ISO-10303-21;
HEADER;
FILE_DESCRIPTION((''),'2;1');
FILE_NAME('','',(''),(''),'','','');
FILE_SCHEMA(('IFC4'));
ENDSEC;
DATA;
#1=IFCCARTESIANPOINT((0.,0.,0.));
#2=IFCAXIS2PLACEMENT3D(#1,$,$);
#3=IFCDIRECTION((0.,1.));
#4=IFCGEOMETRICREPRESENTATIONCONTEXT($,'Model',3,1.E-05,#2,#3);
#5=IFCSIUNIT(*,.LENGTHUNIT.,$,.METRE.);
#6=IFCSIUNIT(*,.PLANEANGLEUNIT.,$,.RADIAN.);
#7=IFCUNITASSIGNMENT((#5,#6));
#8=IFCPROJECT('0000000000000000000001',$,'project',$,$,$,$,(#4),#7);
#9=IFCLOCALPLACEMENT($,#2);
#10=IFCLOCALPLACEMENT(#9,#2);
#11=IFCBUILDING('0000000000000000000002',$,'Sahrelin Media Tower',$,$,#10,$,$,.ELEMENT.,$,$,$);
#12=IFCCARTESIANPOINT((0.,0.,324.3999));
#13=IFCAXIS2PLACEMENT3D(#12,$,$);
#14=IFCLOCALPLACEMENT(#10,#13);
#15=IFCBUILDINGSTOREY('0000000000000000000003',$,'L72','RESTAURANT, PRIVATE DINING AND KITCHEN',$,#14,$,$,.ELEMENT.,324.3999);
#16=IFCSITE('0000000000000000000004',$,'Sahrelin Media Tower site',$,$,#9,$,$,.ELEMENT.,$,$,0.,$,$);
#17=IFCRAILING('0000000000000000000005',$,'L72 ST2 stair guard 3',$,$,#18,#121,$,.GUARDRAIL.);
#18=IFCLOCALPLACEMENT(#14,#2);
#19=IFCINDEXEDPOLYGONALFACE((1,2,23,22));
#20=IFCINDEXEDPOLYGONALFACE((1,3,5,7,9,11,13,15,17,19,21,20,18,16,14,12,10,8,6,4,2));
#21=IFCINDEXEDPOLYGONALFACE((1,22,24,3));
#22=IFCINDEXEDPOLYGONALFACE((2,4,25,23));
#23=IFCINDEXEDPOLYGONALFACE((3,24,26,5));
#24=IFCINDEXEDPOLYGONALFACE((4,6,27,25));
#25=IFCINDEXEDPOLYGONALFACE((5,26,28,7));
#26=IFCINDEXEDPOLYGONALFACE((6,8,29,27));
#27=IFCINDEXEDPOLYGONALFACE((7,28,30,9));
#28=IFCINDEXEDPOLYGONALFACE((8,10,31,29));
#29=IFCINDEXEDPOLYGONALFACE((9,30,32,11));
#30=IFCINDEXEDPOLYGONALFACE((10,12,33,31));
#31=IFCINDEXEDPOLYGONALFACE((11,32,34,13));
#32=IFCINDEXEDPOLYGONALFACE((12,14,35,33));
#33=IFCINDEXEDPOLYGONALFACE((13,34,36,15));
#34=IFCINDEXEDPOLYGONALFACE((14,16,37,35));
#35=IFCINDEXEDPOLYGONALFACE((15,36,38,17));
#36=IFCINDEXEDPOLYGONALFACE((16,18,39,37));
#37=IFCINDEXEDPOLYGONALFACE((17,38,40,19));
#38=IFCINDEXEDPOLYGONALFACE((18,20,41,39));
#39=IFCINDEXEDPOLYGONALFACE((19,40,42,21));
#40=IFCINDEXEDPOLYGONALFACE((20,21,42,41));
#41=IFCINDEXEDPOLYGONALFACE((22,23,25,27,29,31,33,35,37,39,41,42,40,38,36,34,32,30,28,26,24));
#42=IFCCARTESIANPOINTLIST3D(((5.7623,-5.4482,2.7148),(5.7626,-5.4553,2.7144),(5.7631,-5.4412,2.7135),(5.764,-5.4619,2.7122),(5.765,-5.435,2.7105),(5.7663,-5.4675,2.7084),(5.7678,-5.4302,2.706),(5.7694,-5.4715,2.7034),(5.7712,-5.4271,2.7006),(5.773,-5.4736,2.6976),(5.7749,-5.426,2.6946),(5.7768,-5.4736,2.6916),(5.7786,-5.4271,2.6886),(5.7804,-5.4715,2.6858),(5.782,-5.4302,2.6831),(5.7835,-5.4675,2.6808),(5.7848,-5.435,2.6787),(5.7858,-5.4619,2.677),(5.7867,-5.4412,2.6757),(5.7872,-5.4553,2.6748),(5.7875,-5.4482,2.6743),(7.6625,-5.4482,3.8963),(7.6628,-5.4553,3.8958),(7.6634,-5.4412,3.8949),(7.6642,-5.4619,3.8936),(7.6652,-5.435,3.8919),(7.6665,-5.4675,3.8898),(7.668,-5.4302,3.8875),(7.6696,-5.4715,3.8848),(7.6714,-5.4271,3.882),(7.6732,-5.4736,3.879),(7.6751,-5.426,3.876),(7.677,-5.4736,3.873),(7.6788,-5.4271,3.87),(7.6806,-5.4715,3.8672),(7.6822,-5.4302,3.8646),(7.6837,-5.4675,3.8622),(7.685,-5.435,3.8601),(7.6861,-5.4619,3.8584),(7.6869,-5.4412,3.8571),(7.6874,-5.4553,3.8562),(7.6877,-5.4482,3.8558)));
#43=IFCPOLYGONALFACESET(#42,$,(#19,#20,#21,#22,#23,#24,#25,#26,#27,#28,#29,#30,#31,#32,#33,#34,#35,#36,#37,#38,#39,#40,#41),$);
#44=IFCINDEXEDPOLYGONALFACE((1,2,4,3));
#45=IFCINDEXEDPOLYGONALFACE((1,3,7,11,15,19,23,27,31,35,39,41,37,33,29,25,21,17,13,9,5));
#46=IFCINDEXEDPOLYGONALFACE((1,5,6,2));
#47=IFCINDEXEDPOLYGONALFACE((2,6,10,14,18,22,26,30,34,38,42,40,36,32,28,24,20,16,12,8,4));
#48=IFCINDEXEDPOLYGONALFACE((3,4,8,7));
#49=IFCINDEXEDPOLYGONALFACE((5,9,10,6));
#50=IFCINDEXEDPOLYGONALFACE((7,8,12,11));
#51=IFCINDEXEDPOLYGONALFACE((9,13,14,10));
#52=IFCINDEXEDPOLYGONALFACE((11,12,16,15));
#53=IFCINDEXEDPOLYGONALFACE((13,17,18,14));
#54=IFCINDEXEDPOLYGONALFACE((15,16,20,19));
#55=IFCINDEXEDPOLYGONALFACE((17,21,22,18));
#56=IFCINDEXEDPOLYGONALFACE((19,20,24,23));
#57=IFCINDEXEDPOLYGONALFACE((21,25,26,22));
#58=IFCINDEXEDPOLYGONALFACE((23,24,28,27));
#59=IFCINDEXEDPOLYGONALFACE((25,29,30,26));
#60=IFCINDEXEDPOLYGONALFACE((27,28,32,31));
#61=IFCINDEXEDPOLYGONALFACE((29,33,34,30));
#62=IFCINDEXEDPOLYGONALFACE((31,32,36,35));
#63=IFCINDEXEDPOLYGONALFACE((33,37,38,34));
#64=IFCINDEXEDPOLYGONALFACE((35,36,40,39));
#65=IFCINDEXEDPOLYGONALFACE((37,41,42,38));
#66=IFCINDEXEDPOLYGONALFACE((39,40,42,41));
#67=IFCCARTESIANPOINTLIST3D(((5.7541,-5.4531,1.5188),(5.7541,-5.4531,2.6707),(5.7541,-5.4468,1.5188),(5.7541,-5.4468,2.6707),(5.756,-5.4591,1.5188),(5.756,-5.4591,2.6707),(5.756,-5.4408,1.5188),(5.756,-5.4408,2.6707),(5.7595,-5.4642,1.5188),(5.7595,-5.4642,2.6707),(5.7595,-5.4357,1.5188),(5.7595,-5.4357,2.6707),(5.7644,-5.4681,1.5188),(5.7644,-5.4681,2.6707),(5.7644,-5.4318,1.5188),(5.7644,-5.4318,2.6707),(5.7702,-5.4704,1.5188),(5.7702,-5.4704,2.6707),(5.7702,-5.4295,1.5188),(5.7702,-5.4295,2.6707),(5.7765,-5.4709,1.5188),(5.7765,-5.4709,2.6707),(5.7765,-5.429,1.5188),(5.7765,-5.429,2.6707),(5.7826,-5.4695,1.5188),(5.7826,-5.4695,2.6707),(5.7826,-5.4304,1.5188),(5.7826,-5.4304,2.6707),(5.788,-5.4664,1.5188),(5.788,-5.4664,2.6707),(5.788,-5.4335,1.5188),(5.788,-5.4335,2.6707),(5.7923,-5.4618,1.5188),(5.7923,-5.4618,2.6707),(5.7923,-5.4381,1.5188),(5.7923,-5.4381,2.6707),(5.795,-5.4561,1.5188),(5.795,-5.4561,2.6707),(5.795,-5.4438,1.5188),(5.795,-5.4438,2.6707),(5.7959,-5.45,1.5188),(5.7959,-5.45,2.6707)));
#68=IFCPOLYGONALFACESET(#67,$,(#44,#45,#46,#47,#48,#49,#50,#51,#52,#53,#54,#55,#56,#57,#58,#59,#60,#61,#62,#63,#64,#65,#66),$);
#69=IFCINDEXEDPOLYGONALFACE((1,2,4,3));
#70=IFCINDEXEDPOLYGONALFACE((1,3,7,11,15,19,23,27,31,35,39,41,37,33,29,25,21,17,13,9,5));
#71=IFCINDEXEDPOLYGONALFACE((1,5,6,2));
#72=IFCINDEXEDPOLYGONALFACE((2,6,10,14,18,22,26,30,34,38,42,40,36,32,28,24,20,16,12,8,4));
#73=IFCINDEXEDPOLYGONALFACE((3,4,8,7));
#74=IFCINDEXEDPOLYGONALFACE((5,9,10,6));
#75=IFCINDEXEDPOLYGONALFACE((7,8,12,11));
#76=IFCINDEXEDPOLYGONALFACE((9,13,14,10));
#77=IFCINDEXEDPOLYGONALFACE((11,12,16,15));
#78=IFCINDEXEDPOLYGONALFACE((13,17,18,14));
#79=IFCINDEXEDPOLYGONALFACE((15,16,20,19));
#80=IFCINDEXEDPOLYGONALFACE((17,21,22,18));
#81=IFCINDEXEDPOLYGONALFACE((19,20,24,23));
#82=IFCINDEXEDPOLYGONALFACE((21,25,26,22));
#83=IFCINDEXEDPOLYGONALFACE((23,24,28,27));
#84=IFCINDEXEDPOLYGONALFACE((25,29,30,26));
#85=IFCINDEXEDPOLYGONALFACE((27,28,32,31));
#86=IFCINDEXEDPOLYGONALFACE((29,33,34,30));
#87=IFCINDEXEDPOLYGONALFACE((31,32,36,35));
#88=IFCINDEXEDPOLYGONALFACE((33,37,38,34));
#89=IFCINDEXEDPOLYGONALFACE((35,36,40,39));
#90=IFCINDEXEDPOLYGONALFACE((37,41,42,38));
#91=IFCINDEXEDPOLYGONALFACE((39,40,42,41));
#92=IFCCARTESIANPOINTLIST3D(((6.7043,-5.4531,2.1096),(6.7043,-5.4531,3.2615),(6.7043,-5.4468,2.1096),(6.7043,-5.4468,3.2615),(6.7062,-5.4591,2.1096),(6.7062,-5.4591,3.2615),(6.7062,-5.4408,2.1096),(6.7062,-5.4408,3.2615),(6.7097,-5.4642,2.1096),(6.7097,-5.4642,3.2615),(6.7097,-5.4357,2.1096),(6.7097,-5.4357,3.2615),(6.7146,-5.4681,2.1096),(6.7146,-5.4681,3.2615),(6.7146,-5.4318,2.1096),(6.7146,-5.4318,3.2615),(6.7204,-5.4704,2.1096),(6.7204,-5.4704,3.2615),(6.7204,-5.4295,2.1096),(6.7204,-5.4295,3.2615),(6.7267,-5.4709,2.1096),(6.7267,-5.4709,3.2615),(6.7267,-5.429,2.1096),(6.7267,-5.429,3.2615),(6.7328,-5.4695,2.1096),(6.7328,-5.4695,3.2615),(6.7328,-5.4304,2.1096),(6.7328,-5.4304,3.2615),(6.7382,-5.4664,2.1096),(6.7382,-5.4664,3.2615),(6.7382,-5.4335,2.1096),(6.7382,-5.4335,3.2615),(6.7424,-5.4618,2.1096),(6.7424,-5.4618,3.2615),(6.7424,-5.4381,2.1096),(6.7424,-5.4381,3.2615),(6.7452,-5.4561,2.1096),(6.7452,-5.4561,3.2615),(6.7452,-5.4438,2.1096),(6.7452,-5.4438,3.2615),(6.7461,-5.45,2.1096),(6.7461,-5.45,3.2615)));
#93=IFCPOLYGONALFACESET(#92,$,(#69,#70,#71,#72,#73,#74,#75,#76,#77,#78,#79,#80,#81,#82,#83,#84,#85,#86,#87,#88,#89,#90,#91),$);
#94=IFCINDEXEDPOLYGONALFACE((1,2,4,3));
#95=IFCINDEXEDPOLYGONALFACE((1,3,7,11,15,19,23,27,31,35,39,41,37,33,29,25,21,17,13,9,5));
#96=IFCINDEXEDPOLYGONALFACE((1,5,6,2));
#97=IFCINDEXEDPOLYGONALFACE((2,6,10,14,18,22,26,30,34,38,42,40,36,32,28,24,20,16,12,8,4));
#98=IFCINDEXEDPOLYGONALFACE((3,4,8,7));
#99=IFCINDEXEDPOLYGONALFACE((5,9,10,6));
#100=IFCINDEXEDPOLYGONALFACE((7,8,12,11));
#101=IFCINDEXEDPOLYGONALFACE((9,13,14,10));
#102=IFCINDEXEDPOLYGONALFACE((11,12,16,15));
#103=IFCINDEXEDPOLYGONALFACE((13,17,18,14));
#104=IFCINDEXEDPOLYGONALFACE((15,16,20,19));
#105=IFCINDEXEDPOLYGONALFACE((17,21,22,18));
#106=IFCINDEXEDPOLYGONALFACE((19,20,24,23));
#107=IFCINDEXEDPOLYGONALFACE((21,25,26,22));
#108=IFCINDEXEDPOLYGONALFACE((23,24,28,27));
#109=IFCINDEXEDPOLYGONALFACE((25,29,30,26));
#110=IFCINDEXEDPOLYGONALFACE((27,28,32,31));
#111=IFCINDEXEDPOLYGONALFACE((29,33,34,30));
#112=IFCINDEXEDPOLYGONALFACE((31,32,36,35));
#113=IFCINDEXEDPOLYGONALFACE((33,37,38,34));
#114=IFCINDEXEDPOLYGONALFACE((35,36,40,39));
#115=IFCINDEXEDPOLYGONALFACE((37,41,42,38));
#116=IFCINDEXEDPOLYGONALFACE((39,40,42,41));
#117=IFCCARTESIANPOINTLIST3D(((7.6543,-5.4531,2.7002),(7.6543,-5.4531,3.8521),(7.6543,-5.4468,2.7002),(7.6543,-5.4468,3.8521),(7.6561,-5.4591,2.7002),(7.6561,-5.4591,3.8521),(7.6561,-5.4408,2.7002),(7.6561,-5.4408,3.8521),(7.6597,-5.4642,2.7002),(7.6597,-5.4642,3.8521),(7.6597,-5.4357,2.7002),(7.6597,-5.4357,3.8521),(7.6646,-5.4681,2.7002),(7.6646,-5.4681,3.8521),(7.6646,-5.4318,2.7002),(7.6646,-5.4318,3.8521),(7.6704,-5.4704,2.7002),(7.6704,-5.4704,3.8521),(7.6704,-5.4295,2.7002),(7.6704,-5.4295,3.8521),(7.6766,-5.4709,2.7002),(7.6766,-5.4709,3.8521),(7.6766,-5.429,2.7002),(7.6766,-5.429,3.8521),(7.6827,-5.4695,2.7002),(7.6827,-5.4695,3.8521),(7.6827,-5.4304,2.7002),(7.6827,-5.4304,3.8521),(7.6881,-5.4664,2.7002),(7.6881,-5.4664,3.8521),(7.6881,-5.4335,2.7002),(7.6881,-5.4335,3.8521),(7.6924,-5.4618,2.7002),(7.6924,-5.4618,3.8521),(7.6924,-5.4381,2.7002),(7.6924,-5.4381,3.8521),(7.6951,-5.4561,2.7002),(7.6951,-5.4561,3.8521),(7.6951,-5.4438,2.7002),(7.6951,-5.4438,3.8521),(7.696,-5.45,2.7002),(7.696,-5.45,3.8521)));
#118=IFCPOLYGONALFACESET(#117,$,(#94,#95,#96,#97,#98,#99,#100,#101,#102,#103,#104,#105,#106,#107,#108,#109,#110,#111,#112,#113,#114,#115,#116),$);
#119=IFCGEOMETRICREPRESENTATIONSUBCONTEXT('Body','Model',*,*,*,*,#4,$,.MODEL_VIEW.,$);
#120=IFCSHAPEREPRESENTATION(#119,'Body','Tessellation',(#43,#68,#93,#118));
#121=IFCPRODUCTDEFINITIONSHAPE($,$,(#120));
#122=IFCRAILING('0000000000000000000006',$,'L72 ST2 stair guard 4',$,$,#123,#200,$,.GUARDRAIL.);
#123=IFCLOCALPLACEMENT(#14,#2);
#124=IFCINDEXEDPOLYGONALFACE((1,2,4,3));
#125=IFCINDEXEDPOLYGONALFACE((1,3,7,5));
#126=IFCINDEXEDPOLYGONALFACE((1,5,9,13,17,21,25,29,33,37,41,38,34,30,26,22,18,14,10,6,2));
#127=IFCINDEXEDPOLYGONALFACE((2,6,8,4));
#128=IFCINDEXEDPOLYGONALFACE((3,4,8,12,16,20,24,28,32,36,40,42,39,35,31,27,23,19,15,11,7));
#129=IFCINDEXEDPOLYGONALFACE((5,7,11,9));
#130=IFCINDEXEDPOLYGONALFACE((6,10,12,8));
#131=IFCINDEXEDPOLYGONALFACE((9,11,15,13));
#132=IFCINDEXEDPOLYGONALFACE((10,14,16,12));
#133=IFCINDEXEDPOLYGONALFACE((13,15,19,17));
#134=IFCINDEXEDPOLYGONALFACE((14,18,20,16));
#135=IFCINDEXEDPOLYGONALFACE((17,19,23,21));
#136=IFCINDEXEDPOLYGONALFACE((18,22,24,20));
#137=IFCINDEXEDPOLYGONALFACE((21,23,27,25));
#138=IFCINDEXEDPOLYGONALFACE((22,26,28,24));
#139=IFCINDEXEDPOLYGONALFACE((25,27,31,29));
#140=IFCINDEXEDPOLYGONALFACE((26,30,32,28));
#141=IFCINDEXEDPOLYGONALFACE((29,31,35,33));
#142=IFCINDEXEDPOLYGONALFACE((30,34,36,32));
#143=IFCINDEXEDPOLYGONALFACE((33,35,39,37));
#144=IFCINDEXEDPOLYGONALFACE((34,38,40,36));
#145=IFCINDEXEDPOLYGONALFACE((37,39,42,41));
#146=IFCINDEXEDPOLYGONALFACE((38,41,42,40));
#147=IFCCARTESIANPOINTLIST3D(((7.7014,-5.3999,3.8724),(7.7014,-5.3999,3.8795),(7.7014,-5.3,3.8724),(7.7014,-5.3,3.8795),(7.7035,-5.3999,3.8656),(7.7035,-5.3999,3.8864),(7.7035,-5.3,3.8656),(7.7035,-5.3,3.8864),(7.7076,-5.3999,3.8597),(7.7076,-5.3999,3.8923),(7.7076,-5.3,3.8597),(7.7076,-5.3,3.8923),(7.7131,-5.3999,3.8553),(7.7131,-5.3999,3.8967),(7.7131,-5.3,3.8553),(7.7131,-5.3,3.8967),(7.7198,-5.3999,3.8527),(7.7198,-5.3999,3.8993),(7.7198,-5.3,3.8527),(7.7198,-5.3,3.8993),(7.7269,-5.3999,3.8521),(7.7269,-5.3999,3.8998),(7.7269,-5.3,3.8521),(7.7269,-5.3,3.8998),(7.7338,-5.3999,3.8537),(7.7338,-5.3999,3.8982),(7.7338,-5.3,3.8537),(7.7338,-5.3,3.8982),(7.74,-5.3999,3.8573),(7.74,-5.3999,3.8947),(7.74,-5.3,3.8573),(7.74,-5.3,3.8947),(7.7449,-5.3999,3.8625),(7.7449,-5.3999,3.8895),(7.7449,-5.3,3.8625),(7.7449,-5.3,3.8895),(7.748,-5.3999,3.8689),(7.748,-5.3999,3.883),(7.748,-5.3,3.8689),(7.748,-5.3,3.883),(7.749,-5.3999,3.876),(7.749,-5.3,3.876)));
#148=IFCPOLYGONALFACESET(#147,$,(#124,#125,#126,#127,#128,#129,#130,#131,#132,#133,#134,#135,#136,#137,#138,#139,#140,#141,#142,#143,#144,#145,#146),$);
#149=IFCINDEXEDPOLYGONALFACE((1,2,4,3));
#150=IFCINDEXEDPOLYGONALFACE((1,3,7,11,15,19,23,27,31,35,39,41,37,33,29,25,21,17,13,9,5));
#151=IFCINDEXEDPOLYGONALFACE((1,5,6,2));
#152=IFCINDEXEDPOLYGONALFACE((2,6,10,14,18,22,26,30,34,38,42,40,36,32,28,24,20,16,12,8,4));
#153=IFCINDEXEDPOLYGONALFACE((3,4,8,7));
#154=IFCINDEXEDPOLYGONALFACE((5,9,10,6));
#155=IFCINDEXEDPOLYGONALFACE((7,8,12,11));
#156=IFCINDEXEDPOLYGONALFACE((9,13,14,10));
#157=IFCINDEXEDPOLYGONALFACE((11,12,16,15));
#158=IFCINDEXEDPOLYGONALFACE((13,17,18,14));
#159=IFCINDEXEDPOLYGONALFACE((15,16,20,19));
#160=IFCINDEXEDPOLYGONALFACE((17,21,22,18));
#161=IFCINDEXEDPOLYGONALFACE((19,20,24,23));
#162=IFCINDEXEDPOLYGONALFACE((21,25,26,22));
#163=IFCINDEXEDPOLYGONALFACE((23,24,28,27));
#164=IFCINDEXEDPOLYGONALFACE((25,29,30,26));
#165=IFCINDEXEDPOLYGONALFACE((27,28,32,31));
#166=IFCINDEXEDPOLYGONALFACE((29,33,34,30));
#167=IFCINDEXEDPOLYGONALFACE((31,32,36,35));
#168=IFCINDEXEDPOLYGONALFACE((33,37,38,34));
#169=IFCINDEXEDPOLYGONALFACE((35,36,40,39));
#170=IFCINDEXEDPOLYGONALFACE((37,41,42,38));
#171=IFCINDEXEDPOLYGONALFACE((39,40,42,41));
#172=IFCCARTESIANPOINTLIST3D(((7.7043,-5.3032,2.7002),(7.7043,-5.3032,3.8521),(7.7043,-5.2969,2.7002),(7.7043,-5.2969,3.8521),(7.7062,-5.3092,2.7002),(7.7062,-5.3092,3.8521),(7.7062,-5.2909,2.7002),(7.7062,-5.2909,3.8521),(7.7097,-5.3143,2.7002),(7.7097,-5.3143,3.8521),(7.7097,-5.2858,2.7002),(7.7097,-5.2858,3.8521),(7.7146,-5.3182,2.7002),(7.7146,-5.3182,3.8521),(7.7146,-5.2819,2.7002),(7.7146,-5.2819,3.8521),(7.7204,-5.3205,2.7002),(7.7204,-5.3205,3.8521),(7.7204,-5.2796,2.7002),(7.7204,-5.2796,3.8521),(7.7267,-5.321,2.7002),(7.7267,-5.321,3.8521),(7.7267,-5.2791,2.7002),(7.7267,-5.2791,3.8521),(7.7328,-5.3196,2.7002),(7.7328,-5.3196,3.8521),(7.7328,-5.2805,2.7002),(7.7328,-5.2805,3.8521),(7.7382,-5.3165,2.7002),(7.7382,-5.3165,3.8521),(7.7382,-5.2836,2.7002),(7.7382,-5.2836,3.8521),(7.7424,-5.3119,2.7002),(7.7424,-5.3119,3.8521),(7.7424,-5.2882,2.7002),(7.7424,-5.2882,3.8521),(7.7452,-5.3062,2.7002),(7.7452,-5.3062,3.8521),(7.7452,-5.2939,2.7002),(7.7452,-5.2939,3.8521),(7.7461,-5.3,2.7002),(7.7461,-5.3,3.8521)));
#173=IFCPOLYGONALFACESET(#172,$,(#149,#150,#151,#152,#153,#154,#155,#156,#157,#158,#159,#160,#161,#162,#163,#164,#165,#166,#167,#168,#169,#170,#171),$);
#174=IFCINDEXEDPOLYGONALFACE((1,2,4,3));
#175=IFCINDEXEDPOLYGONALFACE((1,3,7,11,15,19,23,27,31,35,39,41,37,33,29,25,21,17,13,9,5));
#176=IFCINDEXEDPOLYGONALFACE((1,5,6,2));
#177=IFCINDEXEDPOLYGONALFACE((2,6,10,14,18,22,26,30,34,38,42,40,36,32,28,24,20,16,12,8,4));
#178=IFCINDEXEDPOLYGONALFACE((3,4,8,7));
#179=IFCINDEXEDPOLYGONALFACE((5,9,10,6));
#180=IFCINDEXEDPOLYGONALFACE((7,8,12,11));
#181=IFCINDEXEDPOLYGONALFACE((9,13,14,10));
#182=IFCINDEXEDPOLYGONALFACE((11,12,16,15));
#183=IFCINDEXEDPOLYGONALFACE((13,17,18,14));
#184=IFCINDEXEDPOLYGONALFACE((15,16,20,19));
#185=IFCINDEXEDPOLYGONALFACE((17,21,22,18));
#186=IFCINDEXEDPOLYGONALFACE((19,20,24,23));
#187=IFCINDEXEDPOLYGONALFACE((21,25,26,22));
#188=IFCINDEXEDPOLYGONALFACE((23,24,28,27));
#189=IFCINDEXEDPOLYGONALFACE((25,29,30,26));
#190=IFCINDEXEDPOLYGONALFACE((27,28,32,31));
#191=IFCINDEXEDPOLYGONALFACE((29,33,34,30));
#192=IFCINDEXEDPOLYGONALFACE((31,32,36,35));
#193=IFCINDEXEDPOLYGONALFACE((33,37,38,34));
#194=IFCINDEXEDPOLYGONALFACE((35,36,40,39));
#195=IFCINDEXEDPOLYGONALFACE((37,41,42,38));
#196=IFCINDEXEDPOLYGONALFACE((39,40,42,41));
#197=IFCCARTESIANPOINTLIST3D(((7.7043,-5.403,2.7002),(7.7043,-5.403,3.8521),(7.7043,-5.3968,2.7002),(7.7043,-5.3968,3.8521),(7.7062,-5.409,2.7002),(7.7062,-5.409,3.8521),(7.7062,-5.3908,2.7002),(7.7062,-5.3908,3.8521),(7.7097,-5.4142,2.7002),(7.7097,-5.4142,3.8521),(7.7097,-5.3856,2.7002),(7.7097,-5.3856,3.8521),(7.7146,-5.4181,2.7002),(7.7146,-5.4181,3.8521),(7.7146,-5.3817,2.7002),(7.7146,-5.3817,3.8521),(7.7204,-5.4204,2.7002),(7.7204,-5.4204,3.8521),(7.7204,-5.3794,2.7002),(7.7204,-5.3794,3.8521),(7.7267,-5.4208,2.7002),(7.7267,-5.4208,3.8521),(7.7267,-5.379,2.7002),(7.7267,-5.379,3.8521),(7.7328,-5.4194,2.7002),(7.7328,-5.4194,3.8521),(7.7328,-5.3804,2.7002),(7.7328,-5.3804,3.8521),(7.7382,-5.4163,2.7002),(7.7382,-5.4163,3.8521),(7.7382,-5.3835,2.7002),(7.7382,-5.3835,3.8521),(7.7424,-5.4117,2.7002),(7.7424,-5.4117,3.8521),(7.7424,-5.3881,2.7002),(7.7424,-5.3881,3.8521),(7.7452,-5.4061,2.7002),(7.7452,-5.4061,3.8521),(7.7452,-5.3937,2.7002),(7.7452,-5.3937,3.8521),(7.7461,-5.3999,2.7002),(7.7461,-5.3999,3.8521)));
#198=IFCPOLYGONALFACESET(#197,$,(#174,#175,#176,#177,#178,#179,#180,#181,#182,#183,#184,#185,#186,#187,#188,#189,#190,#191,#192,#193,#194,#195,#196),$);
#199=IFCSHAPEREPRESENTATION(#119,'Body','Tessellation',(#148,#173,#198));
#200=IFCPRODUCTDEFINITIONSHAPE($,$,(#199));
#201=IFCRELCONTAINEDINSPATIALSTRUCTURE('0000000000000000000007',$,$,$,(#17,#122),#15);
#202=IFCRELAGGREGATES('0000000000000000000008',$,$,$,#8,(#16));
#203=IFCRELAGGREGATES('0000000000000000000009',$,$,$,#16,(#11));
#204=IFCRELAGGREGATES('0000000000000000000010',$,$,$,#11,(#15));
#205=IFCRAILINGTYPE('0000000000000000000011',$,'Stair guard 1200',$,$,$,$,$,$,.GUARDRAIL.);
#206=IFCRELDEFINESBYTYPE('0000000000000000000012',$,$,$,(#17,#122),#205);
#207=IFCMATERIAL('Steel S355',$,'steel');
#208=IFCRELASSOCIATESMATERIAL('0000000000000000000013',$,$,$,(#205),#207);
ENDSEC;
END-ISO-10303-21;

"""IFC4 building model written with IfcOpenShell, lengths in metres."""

from ifc_helpers import new_model, si_unit, direction, frame, origin, origin_2d, place, context, subcontext, project, spatial, circle, extrude, material, type_object, element, save


model = new_model("IFC4")

# Units and contexts
model_context = context("Model", 3, precision=1e-05, world=origin(), true_north=direction((0.0, 1.0)))
body_context = subcontext(model_context, "Body", "Model", "MODEL_VIEW")
ifc_project = project(units=[si_unit("LENGTHUNIT", "METRE"), si_unit("PLANEANGLEUNIT", "RADIAN")], contexts=[model_context])

# Site, building, storey
site_placement = place(None, origin())
site = spatial("IfcSite", under=ifc_project, at=site_placement, Name="Sahrelin Media Tower site", CompositionType="ELEMENT", RefElevation=0.0)
building_placement = place(site_placement, origin())
building = spatial("IfcBuilding", under=site, at=building_placement, Name="Sahrelin Media Tower", CompositionType="ELEMENT")
storey_placement = place(building_placement, frame((0.0, 0.0, 324.3999)))
storey = spatial("IfcBuildingStorey", under=building, at=storey_placement, Name="L72", Description="RESTAURANT, PRIVATE DINING AND KITCHEN", CompositionType="ELEMENT", Elevation=324.3999)

# Railings
ifc_material_1 = material(Name="Steel S355", Category="steel")
railing_type_1 = type_object("IfcRailingType", Name="Stair guard 1200", PredefinedType="GUARDRAIL", material=ifc_material_1)
railing_1_placement = place(storey_placement, frame((5.7749, -5.45, 1.5188)))
element("IfcRailing", 1, at=railing_1_placement, inside=storey, type_object=railing_type_1, Name="L72 ST2 stair guard 3", PredefinedType="GUARDRAIL", context=body_context, shape_type="SweptSolid", body=[
    extrude(circle(Radius=0.0239, at=origin_2d()), frame((0.0, 0.0, 1.1758), z_axis=(0.84924, 0.0, 0.528006), x_axis=(0.0, 1.0, 0.0)), (0.0, 0.0, 1.0), 2.2375),
    extrude(circle(Radius=0.021, at=origin_2d()), origin(), (0.0, 0.0, 1.0), 1.1519),
    extrude(circle(Radius=0.021, at=origin_2d()), frame((0.9502, 0.0, 0.5908)), (0.0, 0.0, 1.0), 1.1519),
    extrude(circle(Radius=0.021, at=origin_2d()), frame((1.9001, 0.0, 1.1814)), (0.0, 0.0, 1.0), 1.1519),
])
railing_2_placement = place(storey_placement, frame((7.7251, -5.3, 2.7002)))
element("IfcRailing", 2, at=railing_2_placement, inside=storey, type_object=railing_type_1, Name="L72 ST2 stair guard 4", PredefinedType="GUARDRAIL", context=body_context, shape_type="SweptSolid", body=[
    extrude(circle(Radius=0.0239, at=origin_2d()), frame((0.0, 0.0, 1.1758), z_axis=(0.0, -1.0, 0.0), x_axis=(1.0, 0.0, 0.0)), (0.0, 0.0, 1.0), 0.0999),
    extrude(circle(Radius=0.021, at=origin_2d()), origin(), (0.0, 0.0, 1.0), 1.1519),
    extrude(circle(Radius=0.021, at=origin_2d()), frame((0.0, -0.0999, 0.0)), (0.0, 0.0, 1.0), 1.1519),
])

save(model, "model.ifc")
